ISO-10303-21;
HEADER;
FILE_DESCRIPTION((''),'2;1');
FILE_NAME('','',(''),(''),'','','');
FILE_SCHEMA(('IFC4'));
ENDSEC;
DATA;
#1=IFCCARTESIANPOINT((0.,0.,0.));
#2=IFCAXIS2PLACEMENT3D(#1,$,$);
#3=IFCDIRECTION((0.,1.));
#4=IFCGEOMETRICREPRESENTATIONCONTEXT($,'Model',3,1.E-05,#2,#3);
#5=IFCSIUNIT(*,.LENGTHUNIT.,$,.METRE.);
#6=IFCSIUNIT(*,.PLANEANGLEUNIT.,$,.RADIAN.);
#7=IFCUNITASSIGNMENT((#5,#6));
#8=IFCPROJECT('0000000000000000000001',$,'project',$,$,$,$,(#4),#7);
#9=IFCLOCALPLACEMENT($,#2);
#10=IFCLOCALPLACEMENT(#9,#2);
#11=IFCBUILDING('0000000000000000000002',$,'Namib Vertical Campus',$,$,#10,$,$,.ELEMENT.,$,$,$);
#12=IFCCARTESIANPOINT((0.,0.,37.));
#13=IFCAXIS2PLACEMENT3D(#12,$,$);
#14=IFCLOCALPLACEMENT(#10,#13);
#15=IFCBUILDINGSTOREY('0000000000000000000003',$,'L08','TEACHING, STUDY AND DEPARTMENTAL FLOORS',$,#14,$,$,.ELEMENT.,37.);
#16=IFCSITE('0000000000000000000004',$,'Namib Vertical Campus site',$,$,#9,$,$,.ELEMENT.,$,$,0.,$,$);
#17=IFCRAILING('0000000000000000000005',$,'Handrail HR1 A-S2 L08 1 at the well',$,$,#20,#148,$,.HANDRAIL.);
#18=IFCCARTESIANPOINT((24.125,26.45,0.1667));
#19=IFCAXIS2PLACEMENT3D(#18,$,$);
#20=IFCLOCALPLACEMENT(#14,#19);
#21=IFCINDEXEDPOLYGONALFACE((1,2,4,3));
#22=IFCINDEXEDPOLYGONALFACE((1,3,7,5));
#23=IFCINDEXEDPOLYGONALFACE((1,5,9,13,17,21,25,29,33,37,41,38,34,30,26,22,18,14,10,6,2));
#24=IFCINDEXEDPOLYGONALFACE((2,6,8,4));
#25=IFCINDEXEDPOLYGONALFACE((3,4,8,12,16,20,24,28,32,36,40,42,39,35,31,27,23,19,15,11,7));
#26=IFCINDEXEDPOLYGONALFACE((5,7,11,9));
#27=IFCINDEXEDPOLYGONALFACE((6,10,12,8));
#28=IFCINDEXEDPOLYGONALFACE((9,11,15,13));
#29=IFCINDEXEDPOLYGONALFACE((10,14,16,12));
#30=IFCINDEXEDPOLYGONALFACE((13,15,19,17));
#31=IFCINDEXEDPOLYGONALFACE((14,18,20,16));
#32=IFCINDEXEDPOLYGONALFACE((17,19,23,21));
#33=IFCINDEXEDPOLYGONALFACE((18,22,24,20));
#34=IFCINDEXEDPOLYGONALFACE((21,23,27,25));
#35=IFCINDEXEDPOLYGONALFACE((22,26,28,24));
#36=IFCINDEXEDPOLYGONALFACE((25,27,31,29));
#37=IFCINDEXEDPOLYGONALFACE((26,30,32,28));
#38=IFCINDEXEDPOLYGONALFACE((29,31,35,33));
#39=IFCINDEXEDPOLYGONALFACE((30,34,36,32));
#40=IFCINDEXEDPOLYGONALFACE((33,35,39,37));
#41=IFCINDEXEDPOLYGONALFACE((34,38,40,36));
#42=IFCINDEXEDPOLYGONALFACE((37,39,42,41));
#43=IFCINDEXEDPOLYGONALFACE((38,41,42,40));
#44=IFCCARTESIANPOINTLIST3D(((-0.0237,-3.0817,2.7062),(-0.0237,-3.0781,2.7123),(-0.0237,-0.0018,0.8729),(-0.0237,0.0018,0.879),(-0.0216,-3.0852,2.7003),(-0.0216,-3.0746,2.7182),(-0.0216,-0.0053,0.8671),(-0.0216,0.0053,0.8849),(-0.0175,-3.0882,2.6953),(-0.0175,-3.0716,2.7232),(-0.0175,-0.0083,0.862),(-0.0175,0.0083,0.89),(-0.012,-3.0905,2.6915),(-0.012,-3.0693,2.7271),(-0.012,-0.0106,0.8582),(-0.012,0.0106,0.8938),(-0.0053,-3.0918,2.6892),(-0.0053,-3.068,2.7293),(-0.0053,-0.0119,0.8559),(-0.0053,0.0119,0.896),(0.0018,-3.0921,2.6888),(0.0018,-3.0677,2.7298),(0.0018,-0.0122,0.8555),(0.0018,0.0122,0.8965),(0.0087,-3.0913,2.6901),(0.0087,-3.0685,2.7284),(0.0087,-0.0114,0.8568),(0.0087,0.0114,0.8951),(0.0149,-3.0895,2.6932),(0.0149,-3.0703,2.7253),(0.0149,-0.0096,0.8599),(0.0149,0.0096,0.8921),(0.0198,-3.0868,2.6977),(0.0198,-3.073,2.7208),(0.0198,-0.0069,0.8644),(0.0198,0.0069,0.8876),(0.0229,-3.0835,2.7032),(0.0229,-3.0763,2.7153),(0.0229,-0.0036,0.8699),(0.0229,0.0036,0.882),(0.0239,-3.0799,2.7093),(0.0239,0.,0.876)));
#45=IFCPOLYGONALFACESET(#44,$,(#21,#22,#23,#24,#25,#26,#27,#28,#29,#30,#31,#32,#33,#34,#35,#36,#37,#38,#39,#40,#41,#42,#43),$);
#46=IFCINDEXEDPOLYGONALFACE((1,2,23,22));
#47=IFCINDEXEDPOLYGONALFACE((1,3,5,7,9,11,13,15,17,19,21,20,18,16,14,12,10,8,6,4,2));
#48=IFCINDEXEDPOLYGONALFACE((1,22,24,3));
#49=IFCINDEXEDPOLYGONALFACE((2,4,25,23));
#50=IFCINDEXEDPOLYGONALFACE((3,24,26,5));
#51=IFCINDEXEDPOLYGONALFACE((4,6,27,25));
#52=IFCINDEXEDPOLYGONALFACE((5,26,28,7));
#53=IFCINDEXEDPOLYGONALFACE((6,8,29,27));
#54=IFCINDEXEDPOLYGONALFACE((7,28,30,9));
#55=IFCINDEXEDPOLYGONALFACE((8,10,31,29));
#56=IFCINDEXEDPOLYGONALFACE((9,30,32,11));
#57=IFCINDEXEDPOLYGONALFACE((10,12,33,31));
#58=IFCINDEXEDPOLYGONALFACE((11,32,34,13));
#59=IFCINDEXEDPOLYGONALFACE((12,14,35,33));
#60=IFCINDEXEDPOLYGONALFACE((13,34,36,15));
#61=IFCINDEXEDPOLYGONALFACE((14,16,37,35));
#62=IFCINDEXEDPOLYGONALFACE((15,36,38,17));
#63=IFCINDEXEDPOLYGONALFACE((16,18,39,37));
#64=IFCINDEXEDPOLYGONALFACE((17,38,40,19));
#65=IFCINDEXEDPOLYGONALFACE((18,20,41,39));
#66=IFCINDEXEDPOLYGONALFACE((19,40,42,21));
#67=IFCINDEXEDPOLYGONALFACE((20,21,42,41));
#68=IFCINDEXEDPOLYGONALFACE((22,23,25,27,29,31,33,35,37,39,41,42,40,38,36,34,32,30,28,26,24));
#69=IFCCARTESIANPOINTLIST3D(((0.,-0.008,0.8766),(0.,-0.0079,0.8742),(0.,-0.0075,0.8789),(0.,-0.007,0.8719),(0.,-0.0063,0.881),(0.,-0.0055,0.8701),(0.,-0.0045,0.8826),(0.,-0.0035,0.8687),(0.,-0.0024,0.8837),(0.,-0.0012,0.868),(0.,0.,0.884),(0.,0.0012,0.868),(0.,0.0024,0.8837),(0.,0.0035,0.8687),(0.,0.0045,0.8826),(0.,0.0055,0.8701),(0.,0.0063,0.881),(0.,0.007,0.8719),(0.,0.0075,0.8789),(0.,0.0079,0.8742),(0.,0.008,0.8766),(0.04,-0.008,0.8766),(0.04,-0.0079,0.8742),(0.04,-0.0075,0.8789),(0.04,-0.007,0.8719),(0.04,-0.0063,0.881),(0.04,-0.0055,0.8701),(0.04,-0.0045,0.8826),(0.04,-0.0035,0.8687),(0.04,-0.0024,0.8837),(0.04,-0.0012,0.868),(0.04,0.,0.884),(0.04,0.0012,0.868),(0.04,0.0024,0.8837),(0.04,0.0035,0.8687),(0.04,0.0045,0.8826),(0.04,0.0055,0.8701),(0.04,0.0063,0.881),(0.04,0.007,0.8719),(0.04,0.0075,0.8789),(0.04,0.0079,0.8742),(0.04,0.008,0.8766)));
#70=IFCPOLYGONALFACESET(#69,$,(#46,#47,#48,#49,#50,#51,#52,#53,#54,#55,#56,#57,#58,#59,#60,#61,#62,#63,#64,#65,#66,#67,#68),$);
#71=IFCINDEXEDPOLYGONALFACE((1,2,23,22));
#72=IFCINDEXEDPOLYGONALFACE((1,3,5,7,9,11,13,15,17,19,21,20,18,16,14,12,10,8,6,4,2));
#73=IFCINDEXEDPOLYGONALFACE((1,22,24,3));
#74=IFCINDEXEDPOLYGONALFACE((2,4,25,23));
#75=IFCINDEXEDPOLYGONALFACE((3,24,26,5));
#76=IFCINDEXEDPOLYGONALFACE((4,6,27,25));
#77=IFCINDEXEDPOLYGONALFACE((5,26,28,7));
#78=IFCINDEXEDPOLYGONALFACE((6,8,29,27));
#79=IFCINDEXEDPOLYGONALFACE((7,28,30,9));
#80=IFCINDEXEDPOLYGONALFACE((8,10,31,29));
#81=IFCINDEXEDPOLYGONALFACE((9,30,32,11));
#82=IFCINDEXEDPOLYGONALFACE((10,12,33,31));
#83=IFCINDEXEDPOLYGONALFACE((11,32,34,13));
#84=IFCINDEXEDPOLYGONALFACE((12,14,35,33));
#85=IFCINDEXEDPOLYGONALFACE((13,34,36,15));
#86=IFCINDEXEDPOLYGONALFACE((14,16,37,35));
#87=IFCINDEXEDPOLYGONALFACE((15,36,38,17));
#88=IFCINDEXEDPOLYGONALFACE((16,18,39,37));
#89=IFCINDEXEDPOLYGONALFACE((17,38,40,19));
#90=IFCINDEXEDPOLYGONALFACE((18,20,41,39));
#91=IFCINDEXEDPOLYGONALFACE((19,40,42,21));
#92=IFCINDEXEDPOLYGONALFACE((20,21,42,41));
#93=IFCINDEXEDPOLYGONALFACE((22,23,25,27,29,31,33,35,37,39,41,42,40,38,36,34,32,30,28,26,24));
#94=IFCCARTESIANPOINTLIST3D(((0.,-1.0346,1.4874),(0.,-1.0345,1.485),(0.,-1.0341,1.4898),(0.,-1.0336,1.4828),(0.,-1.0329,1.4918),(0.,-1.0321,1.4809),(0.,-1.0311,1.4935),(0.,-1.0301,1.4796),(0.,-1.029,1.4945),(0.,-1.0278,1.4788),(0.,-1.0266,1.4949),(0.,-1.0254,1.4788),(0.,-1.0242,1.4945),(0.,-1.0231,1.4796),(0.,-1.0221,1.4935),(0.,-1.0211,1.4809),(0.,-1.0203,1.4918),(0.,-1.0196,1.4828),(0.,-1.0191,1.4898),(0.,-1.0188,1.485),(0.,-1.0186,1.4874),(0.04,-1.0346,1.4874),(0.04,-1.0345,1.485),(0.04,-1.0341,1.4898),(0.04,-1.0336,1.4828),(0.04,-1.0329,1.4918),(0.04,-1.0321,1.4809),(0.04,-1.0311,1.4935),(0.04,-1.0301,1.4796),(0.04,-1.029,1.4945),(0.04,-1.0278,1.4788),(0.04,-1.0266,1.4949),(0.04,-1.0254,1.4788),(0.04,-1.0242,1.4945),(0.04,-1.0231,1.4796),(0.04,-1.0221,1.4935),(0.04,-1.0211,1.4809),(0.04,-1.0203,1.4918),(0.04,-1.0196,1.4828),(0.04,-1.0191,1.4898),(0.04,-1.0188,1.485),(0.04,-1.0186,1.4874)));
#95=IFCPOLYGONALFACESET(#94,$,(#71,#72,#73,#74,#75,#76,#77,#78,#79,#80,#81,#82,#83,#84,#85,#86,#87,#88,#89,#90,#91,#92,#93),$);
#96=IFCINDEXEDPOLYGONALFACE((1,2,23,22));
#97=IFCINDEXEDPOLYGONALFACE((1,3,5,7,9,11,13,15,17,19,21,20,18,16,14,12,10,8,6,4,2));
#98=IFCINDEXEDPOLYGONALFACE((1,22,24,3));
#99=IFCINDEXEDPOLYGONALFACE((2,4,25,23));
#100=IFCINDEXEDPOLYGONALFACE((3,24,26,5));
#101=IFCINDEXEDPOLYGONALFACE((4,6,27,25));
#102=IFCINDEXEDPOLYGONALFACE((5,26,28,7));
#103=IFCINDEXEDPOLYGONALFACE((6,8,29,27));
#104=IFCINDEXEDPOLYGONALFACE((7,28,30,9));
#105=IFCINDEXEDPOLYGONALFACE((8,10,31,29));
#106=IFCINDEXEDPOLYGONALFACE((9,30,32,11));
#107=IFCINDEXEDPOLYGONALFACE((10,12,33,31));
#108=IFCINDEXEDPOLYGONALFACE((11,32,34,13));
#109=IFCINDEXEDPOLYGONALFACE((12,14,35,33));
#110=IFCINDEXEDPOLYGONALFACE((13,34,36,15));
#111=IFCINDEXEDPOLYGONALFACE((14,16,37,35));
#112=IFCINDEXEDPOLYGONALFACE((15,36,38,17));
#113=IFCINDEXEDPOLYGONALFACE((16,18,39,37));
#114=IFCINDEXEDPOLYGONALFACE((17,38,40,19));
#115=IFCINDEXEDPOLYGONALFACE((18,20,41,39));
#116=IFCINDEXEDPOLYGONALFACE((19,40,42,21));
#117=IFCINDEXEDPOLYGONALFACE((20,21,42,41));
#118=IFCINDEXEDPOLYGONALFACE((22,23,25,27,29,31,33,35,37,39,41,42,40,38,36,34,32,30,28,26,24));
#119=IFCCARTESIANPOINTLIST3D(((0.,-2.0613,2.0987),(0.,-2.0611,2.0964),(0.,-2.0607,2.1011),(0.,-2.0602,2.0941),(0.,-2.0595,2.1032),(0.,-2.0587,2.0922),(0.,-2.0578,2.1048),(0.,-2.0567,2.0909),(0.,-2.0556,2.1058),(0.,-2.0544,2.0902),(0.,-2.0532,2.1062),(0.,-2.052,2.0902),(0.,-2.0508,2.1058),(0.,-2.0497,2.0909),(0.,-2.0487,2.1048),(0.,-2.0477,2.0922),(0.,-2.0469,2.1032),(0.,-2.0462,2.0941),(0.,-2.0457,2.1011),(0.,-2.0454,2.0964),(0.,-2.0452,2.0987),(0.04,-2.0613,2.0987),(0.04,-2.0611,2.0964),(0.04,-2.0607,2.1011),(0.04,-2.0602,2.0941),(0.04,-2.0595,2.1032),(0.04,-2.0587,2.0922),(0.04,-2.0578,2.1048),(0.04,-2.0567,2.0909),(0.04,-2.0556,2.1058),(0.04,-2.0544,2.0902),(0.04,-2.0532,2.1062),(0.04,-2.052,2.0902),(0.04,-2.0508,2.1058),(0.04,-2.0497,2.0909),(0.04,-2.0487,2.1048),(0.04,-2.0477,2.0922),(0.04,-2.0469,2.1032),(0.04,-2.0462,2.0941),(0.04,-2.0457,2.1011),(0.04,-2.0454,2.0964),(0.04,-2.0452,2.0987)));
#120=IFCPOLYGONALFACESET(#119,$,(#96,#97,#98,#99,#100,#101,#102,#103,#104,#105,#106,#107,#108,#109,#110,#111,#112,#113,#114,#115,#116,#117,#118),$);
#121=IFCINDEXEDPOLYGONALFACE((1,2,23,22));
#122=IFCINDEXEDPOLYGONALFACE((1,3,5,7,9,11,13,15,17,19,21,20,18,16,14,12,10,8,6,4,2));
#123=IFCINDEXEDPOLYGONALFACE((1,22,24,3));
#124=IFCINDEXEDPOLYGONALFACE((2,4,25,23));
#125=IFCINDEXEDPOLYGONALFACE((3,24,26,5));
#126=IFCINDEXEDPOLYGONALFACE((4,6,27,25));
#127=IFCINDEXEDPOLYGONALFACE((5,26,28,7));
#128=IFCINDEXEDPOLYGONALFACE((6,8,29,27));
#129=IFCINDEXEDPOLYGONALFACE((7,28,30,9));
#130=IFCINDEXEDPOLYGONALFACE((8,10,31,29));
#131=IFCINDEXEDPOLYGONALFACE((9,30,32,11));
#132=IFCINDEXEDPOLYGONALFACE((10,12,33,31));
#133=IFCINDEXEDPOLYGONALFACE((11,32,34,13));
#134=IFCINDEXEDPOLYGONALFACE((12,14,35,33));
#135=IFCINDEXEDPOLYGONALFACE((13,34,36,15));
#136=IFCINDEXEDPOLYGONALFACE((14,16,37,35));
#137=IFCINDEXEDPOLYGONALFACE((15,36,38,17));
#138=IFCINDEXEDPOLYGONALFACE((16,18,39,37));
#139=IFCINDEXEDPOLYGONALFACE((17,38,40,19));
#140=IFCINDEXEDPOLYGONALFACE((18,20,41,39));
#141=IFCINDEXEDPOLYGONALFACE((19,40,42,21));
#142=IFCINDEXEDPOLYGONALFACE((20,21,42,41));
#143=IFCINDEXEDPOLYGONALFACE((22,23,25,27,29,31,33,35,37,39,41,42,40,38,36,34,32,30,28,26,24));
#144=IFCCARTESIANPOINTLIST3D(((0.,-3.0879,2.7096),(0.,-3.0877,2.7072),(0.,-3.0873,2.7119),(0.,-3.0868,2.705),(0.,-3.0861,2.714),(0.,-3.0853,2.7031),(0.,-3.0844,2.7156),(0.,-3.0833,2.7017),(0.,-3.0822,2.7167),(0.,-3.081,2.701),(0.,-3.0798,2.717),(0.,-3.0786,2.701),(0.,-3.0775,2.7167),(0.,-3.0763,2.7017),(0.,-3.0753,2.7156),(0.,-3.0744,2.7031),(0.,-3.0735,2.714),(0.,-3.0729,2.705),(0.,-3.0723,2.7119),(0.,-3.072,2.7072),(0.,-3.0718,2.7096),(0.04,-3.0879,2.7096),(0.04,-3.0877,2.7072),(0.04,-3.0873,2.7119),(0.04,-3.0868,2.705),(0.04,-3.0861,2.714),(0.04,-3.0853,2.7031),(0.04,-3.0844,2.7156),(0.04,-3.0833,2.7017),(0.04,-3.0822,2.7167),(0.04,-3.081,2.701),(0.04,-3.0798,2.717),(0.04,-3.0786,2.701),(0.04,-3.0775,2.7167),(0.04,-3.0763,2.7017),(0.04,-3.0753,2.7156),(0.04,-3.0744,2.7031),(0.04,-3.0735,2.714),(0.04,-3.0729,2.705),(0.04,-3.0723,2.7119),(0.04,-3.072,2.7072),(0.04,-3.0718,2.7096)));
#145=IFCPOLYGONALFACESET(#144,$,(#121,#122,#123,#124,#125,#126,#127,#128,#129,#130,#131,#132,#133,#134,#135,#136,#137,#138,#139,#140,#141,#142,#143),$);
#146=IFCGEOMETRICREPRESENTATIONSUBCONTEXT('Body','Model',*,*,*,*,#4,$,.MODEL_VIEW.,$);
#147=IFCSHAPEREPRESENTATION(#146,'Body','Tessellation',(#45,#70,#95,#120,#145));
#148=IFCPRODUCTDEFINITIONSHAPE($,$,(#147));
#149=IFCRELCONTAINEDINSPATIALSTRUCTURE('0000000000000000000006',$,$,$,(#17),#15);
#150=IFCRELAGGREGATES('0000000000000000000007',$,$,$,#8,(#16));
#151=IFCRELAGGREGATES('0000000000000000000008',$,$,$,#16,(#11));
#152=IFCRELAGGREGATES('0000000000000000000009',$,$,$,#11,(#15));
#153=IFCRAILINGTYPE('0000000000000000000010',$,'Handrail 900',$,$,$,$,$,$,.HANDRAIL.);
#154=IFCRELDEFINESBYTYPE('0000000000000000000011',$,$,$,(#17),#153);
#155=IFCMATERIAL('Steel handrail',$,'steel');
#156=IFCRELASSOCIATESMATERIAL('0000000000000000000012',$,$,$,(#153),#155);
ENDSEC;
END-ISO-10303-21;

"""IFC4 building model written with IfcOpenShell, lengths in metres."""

from ifc_helpers import new_model, si_unit, direction, frame, origin, origin_2d, place, context, subcontext, project, spatial, circle, extrude, material, type_object, element, save


model = new_model("IFC4")

# Units and contexts
model_context = context("Model", 3, precision=1e-05, world=origin(), true_north=direction((0.0, 1.0)))
body_context = subcontext(model_context, "Body", "Model", "MODEL_VIEW")
ifc_project = project(units=[si_unit("LENGTHUNIT", "METRE"), si_unit("PLANEANGLEUNIT", "RADIAN")], contexts=[model_context])

# Site, building, storey
site_placement = place(None, origin())
site = spatial("IfcSite", under=ifc_project, at=site_placement, Name="Namib Vertical Campus site", CompositionType="ELEMENT", RefElevation=0.0)
building_placement = place(site_placement, origin())
building = spatial("IfcBuilding", under=site, at=building_placement, Name="Namib Vertical Campus", CompositionType="ELEMENT")
storey_placement = place(building_placement, frame((0.0, 0.0, 37.0)))
storey = spatial("IfcBuildingStorey", under=building, at=storey_placement, Name="L08", Description="TEACHING, STUDY AND DEPARTMENTAL FLOORS", CompositionType="ELEMENT", Elevation=37.0)

# Railing
ifc_material_1 = material(Name="Steel handrail", Category="steel")
railing_type_1 = type_object("IfcRailingType", Name="Handrail 900", PredefinedType="HANDRAIL", material=ifc_material_1)
railing_1_placement = place(storey_placement, frame((24.125, 26.45, 0.1667)))
element("IfcRailing", 1, at=railing_1_placement, inside=storey, type_object=railing_type_1, Name="Handrail HR1 A-S2 L08 1 at the well", PredefinedType="HANDRAIL", context=body_context, shape_type="SweptSolid", body=[
    extrude(circle(Radius=0.0239, at=origin_2d()), frame((0.0, 0.0, 0.876), z_axis=(0.0, -0.859291, 0.511487), x_axis=(1.0, 0.0, 0.0)), (0.0, 0.0, 1.0), 3.5842),
    extrude(circle(Radius=0.0081, at=origin_2d()), frame((0.0, 0.0, 0.876), z_axis=(1.0, 0.0, 0.0), x_axis=(0.0, 0.0, 1.0)), (0.0, 0.0, 1.0), 0.04),
    extrude(circle(Radius=0.0081, at=origin_2d()), frame((0.0, -1.0266, 1.4868), z_axis=(1.0, 0.0, 0.0), x_axis=(0.0, 0.0, 1.0)), (0.0, 0.0, 1.0), 0.04),
    extrude(circle(Radius=0.0081, at=origin_2d()), frame((0.0, -2.0532, 2.0981), z_axis=(1.0, 0.0, 0.0), x_axis=(0.0, 0.0, 1.0)), (0.0, 0.0, 1.0), 0.04),
    extrude(circle(Radius=0.0081, at=origin_2d()), frame((0.0, -3.0798, 2.709), z_axis=(1.0, 0.0, 0.0), x_axis=(0.0, 0.0, 1.0)), (0.0, 0.0, 1.0), 0.04),
])

save(model, "model.ifc")
